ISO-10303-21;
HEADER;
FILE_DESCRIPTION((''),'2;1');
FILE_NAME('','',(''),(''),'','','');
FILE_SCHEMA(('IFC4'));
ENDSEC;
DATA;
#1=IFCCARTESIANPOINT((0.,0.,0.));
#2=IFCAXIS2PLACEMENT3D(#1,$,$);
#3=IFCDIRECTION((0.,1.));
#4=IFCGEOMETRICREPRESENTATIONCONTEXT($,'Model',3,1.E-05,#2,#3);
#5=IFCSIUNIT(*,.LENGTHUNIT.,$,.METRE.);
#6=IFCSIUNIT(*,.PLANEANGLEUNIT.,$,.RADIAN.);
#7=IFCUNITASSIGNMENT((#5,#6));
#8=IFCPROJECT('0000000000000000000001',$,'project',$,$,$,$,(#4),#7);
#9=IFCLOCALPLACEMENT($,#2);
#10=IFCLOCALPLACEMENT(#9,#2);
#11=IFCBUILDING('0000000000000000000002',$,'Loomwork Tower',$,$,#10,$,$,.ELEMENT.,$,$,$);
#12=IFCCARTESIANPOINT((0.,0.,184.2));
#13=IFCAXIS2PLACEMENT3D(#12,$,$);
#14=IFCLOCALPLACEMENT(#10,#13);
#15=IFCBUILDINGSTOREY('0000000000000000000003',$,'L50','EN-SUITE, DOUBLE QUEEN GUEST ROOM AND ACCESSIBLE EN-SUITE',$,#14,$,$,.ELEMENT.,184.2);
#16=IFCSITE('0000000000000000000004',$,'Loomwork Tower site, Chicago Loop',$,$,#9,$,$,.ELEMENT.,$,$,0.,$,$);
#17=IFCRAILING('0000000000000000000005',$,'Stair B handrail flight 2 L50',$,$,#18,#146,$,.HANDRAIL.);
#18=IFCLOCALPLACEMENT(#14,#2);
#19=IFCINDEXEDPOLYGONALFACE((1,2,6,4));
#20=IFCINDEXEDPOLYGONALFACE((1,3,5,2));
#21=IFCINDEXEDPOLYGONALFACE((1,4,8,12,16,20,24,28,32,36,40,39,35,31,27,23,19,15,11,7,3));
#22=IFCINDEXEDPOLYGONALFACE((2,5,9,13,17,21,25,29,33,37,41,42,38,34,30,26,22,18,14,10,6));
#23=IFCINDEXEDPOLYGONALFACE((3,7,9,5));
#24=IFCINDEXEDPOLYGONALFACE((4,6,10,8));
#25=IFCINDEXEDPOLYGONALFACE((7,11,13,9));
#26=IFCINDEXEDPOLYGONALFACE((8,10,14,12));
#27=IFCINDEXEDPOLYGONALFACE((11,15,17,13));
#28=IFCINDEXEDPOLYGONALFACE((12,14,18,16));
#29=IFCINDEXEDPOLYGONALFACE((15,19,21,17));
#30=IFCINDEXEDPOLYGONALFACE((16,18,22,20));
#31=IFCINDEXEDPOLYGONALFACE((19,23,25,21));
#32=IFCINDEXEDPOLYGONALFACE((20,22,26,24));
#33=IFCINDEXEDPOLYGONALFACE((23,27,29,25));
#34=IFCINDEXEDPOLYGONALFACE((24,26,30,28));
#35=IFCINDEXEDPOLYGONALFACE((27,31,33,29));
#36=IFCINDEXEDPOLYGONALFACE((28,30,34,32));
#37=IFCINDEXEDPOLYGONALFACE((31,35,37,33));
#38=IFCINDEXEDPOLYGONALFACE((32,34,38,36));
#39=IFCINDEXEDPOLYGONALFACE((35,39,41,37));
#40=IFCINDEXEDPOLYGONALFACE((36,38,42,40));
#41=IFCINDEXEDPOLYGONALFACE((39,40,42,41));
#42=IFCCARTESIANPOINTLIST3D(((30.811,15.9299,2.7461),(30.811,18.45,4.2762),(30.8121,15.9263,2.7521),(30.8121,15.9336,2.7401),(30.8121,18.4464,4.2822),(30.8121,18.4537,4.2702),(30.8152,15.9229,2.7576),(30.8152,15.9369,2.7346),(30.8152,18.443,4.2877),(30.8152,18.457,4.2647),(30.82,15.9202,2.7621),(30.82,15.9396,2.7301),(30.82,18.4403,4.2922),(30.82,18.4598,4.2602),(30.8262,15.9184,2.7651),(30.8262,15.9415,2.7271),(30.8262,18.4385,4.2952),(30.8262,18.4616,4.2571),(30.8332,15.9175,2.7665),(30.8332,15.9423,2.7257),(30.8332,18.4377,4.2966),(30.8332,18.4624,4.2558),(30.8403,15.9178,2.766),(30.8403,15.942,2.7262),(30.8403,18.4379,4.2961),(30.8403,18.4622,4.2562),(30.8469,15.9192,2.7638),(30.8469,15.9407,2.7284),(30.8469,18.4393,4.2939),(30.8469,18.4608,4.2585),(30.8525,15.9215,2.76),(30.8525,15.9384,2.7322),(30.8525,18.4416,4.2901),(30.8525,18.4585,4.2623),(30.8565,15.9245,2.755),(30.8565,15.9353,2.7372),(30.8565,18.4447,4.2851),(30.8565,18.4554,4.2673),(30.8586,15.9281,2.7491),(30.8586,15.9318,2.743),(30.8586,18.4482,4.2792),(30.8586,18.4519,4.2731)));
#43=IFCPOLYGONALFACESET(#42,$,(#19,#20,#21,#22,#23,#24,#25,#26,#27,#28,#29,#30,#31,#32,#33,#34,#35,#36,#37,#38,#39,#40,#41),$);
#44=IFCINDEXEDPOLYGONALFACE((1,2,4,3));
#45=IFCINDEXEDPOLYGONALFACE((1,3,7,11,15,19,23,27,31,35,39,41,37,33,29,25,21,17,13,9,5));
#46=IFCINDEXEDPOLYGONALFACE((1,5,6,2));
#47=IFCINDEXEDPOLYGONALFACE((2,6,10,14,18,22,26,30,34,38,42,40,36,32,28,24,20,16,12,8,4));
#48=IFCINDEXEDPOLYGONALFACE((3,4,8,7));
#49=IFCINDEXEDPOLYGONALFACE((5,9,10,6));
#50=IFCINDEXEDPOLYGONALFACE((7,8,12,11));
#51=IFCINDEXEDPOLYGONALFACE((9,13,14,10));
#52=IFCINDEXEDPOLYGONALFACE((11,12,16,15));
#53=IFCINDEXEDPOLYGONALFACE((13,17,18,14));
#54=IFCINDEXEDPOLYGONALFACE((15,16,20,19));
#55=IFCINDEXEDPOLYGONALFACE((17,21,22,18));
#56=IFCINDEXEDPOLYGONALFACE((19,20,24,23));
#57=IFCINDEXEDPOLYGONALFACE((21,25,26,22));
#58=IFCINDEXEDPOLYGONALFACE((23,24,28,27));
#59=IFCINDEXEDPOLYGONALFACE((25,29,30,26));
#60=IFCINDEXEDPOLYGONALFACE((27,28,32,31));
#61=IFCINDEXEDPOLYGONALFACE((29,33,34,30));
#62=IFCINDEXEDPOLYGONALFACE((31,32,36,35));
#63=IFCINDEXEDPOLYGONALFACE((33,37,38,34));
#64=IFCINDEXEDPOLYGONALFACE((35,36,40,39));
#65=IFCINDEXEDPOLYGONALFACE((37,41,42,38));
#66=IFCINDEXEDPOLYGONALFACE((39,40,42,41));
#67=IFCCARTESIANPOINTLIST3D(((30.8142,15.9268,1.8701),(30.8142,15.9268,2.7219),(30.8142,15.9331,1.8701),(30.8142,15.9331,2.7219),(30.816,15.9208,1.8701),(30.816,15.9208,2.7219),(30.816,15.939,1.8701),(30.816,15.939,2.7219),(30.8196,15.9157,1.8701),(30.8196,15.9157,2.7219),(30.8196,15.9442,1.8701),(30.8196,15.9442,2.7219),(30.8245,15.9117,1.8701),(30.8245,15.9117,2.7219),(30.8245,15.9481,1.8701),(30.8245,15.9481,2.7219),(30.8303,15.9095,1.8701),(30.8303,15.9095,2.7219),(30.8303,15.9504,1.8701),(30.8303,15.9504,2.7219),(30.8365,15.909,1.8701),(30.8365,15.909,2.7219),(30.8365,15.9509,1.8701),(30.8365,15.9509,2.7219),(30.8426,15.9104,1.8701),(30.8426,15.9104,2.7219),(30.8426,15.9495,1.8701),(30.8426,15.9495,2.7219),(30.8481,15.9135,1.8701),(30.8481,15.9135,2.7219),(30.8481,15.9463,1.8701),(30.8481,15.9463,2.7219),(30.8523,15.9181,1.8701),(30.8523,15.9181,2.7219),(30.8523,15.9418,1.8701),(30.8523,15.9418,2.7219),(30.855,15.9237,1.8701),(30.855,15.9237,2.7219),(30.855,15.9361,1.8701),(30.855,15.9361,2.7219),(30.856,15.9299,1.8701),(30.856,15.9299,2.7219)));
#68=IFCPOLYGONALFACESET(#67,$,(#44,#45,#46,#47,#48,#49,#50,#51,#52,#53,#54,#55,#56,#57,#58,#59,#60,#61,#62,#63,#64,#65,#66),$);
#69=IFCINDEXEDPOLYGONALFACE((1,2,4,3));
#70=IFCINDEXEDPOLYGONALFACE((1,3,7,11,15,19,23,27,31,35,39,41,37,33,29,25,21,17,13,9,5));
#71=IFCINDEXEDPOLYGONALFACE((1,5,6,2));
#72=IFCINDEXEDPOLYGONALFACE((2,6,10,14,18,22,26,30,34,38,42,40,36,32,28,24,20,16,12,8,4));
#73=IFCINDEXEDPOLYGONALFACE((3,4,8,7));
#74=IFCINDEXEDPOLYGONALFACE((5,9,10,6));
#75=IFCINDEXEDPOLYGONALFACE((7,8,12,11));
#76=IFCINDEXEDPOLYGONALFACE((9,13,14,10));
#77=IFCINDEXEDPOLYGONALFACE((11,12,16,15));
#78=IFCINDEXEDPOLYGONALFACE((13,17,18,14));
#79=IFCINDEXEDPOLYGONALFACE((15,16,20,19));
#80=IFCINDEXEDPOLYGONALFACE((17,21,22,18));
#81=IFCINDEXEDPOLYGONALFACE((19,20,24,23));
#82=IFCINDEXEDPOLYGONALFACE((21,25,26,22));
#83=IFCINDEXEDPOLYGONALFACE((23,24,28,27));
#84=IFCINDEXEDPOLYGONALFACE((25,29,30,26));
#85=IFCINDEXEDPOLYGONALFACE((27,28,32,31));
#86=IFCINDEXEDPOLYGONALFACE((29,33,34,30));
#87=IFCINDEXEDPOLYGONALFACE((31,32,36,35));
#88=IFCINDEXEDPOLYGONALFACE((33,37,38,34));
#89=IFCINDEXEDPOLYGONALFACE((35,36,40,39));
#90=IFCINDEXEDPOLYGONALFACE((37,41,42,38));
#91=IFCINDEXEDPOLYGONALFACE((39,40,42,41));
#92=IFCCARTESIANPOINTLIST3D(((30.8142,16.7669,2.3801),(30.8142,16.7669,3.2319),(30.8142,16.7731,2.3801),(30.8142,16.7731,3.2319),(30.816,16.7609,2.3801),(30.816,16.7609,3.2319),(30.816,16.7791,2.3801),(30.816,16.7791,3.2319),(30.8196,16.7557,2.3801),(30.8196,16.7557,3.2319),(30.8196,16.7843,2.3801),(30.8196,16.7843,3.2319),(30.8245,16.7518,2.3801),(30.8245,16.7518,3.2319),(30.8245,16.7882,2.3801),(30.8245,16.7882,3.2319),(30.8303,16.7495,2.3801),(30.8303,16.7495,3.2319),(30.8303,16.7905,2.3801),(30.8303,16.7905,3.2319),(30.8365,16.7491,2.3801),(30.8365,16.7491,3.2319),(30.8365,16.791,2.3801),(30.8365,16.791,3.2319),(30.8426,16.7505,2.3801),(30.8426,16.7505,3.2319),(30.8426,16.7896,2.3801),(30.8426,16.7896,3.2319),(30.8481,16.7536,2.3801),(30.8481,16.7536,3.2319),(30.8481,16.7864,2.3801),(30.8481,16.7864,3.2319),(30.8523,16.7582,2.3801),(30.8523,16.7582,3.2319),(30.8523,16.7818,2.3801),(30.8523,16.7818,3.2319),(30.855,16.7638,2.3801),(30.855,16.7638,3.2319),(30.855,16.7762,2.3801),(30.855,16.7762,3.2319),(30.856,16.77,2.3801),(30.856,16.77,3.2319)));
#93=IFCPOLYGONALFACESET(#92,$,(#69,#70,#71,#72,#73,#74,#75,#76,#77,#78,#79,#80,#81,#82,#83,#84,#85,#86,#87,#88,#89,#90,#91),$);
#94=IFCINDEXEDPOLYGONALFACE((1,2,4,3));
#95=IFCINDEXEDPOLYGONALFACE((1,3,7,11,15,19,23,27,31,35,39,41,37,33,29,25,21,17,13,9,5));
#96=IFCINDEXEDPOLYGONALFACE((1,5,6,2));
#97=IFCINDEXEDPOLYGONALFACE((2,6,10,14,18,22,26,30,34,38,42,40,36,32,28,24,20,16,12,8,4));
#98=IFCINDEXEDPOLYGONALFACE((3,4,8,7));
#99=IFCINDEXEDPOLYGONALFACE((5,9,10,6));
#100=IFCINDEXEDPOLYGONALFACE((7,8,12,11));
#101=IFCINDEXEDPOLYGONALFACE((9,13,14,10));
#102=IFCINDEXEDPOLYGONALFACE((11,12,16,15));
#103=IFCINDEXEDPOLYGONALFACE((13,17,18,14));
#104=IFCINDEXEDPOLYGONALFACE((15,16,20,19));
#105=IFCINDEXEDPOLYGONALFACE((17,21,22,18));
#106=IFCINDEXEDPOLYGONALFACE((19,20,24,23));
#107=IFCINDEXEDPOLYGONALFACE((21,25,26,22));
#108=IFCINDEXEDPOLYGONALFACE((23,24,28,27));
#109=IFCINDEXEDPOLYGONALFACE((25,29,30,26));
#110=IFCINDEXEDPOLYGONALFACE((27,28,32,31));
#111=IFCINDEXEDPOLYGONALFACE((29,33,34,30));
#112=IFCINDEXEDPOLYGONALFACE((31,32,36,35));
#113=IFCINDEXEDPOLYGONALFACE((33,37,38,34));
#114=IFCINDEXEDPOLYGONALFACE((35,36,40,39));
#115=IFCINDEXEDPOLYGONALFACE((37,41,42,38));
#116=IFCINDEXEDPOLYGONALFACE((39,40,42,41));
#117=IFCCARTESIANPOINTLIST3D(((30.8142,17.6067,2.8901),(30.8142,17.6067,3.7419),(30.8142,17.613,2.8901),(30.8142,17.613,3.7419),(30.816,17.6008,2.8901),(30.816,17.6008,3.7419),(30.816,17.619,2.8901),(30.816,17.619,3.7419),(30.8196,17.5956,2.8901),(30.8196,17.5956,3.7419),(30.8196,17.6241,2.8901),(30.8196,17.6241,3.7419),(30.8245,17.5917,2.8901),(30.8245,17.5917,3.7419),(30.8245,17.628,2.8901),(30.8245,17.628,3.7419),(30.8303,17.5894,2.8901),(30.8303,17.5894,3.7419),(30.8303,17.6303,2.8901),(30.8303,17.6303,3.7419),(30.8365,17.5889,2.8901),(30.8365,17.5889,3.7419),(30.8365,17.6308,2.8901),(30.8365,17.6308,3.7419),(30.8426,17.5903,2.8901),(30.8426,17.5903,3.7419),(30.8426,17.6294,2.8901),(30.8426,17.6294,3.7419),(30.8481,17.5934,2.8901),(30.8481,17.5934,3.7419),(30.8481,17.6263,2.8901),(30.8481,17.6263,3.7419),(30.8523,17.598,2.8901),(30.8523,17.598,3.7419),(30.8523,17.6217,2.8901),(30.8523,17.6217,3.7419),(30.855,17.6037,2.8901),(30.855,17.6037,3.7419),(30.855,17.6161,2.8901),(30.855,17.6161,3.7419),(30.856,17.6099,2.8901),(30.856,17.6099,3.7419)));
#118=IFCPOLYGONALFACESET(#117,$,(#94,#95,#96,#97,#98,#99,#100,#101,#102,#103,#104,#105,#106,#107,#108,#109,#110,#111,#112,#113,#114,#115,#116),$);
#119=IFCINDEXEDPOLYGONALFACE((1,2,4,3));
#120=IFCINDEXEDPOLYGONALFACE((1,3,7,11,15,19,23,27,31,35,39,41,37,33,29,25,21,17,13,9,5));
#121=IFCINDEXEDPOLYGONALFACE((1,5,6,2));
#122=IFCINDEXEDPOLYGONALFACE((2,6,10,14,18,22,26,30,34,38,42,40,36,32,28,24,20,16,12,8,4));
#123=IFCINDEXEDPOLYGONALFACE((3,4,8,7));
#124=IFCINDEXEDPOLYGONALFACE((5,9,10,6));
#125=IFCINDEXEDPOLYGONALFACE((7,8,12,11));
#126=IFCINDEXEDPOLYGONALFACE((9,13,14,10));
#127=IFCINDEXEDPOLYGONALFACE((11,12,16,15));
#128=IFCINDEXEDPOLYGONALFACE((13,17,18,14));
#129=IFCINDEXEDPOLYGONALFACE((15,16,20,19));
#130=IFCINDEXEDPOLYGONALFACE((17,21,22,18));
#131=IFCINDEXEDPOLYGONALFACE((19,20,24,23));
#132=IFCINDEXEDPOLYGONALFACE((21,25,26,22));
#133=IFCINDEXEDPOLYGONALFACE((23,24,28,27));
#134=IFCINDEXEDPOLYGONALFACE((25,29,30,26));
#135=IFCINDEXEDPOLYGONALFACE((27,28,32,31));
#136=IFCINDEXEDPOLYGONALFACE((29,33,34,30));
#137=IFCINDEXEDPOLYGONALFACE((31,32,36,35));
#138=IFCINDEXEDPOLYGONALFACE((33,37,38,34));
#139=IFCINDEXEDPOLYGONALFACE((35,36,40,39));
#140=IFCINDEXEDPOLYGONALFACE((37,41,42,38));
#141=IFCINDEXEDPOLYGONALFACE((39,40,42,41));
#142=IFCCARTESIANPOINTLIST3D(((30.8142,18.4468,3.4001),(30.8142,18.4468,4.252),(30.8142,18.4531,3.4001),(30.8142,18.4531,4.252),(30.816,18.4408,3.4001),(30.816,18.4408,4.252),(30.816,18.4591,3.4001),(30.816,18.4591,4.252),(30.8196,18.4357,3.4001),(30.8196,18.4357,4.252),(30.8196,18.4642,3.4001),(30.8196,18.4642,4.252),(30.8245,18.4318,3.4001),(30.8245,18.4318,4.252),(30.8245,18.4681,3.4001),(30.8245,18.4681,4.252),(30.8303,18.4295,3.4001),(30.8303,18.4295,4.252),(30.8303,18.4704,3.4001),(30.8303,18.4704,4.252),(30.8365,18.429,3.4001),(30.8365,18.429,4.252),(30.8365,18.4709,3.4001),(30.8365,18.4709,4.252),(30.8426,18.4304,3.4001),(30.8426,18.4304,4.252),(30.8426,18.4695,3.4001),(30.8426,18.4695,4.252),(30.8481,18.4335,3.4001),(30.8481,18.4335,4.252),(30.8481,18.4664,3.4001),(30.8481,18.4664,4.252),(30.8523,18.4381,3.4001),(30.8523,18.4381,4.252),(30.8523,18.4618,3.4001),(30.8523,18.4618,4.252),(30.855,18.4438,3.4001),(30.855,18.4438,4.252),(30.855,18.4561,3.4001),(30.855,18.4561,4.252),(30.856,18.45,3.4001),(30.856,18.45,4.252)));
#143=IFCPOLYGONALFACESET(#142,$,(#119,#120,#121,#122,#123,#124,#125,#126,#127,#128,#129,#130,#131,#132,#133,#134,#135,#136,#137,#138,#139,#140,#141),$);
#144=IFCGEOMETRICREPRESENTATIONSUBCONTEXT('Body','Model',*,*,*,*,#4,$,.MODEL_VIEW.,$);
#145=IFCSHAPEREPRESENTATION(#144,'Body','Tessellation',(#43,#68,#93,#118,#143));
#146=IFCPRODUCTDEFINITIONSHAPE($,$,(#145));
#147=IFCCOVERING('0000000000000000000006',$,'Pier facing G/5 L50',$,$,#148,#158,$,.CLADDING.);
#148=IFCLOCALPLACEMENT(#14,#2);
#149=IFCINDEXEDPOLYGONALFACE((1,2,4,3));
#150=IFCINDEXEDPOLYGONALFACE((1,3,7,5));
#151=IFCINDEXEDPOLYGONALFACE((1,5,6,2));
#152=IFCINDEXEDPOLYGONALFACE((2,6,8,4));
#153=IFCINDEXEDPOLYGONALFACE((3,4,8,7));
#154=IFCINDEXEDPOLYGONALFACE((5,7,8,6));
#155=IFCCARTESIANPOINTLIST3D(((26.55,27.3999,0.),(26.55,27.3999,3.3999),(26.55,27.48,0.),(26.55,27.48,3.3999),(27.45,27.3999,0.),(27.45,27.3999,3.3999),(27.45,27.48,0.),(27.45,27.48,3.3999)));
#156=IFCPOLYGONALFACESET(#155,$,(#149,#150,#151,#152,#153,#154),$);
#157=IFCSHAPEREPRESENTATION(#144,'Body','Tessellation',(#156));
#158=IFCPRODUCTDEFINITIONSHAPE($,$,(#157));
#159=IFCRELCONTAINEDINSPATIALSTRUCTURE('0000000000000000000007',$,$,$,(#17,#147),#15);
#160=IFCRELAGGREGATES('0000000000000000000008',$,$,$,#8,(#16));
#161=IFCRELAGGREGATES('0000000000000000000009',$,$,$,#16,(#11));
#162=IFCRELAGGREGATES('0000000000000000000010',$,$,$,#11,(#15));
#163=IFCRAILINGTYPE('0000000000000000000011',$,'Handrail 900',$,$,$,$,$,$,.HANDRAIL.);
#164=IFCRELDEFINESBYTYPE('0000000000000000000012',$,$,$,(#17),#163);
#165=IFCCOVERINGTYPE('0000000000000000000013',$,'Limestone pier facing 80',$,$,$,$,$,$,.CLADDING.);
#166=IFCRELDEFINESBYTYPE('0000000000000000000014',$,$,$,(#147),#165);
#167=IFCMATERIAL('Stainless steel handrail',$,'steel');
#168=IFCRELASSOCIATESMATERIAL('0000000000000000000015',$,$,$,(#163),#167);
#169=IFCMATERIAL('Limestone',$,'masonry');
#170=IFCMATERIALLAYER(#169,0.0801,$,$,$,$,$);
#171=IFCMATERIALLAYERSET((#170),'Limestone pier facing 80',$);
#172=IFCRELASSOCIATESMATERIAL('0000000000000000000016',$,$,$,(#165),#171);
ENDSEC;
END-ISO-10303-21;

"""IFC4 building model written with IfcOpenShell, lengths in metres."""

from ifc_helpers import new_model, si_unit, direction, frame, origin, origin_2d, place, context, subcontext, project, spatial, rectangle, circle, extrude, material, layer, layer_set, type_object, element, save


model = new_model("IFC4")

# Units and contexts
model_context = context("Model", 3, precision=1e-05, world=origin(), true_north=direction((0.0, 1.0)))
body_context = subcontext(model_context, "Body", "Model", "MODEL_VIEW")
ifc_project = project(units=[si_unit("LENGTHUNIT", "METRE"), si_unit("PLANEANGLEUNIT", "RADIAN")], contexts=[model_context])

# Site, building, storey
site_placement = place(None, origin())
site = spatial("IfcSite", under=ifc_project, at=site_placement, Name="Loomwork Tower site, Chicago Loop", CompositionType="ELEMENT", RefElevation=0.0)
building_placement = place(site_placement, origin())
building = spatial("IfcBuilding", under=site, at=building_placement, Name="Loomwork Tower", CompositionType="ELEMENT")
storey_placement = place(building_placement, frame((0.0, 0.0, 184.2)))
storey = spatial("IfcBuildingStorey", under=building, at=storey_placement, Name="L50", Description="EN-SUITE, DOUBLE QUEEN GUEST ROOM AND ACCESSIBLE EN-SUITE", CompositionType="ELEMENT", Elevation=184.2)

# Railing
ifc_material_1 = material(Name="Stainless steel handrail", Category="steel")
railing_type = type_object("IfcRailingType", Name="Handrail 900", PredefinedType="HANDRAIL", material=ifc_material_1)
railing_placement = place(storey_placement, frame((30.835, 15.9299, 1.8701)))
element("IfcRailing", 1, at=railing_placement, inside=storey, type_object=railing_type, Name="Stair B handrail flight 2 L50", PredefinedType="HANDRAIL", context=body_context, shape_type="SweptSolid", body=[
    extrude(circle(Radius=0.0239, at=origin_2d()), frame((0.0, 0.0, 0.876), z_axis=(0.0, 0.854785, 0.518982), x_axis=(-1.0, 0.0, 0.0)), (0.0, 0.0, 1.0), 2.9482),
    extrude(circle(Radius=0.021, at=origin_2d()), origin(), (0.0, 0.0, 1.0), 0.8518),
    extrude(circle(Radius=0.021, at=origin_2d()), frame((0.0, 0.8401, 0.51)), (0.0, 0.0, 1.0), 0.8518),
    extrude(circle(Radius=0.021, at=origin_2d()), frame((0.0, 1.6799, 1.02)), (0.0, 0.0, 1.0), 0.8518),
    extrude(circle(Radius=0.021, at=origin_2d()), frame((0.0, 2.52, 1.53)), (0.0, 0.0, 1.0), 0.8518),
])

# Covering
ifc_material_2 = material(Name="Limestone", Category="masonry")
ifc_layer_1 = layer(ifc_material_2, 0.0801)
ifc_layer_set_1 = layer_set([ifc_layer_1], Name="Limestone pier facing 80")
covering_type = type_object("IfcCoveringType", Name="Limestone pier facing 80", PredefinedType="CLADDING", material=ifc_layer_set_1)
covering_placement = place(storey_placement, frame((27.0, 27.4399, 0.0), z_axis=(0.0, 0.0, 1.0), x_axis=(1.0, 0.0, 0.0)))
element("IfcCovering", 2, at=covering_placement, inside=storey, type_object=covering_type, Name="Pier facing G/5 L50", PredefinedType="CLADDING", context=body_context, shape_type="SweptSolid", body=[
    extrude(rectangle(XDim=0.8999, YDim=0.0801, at=origin_2d()), origin(), (0.0, 0.0, 1.0), 3.3999),
])

save(model, "model.ifc")
